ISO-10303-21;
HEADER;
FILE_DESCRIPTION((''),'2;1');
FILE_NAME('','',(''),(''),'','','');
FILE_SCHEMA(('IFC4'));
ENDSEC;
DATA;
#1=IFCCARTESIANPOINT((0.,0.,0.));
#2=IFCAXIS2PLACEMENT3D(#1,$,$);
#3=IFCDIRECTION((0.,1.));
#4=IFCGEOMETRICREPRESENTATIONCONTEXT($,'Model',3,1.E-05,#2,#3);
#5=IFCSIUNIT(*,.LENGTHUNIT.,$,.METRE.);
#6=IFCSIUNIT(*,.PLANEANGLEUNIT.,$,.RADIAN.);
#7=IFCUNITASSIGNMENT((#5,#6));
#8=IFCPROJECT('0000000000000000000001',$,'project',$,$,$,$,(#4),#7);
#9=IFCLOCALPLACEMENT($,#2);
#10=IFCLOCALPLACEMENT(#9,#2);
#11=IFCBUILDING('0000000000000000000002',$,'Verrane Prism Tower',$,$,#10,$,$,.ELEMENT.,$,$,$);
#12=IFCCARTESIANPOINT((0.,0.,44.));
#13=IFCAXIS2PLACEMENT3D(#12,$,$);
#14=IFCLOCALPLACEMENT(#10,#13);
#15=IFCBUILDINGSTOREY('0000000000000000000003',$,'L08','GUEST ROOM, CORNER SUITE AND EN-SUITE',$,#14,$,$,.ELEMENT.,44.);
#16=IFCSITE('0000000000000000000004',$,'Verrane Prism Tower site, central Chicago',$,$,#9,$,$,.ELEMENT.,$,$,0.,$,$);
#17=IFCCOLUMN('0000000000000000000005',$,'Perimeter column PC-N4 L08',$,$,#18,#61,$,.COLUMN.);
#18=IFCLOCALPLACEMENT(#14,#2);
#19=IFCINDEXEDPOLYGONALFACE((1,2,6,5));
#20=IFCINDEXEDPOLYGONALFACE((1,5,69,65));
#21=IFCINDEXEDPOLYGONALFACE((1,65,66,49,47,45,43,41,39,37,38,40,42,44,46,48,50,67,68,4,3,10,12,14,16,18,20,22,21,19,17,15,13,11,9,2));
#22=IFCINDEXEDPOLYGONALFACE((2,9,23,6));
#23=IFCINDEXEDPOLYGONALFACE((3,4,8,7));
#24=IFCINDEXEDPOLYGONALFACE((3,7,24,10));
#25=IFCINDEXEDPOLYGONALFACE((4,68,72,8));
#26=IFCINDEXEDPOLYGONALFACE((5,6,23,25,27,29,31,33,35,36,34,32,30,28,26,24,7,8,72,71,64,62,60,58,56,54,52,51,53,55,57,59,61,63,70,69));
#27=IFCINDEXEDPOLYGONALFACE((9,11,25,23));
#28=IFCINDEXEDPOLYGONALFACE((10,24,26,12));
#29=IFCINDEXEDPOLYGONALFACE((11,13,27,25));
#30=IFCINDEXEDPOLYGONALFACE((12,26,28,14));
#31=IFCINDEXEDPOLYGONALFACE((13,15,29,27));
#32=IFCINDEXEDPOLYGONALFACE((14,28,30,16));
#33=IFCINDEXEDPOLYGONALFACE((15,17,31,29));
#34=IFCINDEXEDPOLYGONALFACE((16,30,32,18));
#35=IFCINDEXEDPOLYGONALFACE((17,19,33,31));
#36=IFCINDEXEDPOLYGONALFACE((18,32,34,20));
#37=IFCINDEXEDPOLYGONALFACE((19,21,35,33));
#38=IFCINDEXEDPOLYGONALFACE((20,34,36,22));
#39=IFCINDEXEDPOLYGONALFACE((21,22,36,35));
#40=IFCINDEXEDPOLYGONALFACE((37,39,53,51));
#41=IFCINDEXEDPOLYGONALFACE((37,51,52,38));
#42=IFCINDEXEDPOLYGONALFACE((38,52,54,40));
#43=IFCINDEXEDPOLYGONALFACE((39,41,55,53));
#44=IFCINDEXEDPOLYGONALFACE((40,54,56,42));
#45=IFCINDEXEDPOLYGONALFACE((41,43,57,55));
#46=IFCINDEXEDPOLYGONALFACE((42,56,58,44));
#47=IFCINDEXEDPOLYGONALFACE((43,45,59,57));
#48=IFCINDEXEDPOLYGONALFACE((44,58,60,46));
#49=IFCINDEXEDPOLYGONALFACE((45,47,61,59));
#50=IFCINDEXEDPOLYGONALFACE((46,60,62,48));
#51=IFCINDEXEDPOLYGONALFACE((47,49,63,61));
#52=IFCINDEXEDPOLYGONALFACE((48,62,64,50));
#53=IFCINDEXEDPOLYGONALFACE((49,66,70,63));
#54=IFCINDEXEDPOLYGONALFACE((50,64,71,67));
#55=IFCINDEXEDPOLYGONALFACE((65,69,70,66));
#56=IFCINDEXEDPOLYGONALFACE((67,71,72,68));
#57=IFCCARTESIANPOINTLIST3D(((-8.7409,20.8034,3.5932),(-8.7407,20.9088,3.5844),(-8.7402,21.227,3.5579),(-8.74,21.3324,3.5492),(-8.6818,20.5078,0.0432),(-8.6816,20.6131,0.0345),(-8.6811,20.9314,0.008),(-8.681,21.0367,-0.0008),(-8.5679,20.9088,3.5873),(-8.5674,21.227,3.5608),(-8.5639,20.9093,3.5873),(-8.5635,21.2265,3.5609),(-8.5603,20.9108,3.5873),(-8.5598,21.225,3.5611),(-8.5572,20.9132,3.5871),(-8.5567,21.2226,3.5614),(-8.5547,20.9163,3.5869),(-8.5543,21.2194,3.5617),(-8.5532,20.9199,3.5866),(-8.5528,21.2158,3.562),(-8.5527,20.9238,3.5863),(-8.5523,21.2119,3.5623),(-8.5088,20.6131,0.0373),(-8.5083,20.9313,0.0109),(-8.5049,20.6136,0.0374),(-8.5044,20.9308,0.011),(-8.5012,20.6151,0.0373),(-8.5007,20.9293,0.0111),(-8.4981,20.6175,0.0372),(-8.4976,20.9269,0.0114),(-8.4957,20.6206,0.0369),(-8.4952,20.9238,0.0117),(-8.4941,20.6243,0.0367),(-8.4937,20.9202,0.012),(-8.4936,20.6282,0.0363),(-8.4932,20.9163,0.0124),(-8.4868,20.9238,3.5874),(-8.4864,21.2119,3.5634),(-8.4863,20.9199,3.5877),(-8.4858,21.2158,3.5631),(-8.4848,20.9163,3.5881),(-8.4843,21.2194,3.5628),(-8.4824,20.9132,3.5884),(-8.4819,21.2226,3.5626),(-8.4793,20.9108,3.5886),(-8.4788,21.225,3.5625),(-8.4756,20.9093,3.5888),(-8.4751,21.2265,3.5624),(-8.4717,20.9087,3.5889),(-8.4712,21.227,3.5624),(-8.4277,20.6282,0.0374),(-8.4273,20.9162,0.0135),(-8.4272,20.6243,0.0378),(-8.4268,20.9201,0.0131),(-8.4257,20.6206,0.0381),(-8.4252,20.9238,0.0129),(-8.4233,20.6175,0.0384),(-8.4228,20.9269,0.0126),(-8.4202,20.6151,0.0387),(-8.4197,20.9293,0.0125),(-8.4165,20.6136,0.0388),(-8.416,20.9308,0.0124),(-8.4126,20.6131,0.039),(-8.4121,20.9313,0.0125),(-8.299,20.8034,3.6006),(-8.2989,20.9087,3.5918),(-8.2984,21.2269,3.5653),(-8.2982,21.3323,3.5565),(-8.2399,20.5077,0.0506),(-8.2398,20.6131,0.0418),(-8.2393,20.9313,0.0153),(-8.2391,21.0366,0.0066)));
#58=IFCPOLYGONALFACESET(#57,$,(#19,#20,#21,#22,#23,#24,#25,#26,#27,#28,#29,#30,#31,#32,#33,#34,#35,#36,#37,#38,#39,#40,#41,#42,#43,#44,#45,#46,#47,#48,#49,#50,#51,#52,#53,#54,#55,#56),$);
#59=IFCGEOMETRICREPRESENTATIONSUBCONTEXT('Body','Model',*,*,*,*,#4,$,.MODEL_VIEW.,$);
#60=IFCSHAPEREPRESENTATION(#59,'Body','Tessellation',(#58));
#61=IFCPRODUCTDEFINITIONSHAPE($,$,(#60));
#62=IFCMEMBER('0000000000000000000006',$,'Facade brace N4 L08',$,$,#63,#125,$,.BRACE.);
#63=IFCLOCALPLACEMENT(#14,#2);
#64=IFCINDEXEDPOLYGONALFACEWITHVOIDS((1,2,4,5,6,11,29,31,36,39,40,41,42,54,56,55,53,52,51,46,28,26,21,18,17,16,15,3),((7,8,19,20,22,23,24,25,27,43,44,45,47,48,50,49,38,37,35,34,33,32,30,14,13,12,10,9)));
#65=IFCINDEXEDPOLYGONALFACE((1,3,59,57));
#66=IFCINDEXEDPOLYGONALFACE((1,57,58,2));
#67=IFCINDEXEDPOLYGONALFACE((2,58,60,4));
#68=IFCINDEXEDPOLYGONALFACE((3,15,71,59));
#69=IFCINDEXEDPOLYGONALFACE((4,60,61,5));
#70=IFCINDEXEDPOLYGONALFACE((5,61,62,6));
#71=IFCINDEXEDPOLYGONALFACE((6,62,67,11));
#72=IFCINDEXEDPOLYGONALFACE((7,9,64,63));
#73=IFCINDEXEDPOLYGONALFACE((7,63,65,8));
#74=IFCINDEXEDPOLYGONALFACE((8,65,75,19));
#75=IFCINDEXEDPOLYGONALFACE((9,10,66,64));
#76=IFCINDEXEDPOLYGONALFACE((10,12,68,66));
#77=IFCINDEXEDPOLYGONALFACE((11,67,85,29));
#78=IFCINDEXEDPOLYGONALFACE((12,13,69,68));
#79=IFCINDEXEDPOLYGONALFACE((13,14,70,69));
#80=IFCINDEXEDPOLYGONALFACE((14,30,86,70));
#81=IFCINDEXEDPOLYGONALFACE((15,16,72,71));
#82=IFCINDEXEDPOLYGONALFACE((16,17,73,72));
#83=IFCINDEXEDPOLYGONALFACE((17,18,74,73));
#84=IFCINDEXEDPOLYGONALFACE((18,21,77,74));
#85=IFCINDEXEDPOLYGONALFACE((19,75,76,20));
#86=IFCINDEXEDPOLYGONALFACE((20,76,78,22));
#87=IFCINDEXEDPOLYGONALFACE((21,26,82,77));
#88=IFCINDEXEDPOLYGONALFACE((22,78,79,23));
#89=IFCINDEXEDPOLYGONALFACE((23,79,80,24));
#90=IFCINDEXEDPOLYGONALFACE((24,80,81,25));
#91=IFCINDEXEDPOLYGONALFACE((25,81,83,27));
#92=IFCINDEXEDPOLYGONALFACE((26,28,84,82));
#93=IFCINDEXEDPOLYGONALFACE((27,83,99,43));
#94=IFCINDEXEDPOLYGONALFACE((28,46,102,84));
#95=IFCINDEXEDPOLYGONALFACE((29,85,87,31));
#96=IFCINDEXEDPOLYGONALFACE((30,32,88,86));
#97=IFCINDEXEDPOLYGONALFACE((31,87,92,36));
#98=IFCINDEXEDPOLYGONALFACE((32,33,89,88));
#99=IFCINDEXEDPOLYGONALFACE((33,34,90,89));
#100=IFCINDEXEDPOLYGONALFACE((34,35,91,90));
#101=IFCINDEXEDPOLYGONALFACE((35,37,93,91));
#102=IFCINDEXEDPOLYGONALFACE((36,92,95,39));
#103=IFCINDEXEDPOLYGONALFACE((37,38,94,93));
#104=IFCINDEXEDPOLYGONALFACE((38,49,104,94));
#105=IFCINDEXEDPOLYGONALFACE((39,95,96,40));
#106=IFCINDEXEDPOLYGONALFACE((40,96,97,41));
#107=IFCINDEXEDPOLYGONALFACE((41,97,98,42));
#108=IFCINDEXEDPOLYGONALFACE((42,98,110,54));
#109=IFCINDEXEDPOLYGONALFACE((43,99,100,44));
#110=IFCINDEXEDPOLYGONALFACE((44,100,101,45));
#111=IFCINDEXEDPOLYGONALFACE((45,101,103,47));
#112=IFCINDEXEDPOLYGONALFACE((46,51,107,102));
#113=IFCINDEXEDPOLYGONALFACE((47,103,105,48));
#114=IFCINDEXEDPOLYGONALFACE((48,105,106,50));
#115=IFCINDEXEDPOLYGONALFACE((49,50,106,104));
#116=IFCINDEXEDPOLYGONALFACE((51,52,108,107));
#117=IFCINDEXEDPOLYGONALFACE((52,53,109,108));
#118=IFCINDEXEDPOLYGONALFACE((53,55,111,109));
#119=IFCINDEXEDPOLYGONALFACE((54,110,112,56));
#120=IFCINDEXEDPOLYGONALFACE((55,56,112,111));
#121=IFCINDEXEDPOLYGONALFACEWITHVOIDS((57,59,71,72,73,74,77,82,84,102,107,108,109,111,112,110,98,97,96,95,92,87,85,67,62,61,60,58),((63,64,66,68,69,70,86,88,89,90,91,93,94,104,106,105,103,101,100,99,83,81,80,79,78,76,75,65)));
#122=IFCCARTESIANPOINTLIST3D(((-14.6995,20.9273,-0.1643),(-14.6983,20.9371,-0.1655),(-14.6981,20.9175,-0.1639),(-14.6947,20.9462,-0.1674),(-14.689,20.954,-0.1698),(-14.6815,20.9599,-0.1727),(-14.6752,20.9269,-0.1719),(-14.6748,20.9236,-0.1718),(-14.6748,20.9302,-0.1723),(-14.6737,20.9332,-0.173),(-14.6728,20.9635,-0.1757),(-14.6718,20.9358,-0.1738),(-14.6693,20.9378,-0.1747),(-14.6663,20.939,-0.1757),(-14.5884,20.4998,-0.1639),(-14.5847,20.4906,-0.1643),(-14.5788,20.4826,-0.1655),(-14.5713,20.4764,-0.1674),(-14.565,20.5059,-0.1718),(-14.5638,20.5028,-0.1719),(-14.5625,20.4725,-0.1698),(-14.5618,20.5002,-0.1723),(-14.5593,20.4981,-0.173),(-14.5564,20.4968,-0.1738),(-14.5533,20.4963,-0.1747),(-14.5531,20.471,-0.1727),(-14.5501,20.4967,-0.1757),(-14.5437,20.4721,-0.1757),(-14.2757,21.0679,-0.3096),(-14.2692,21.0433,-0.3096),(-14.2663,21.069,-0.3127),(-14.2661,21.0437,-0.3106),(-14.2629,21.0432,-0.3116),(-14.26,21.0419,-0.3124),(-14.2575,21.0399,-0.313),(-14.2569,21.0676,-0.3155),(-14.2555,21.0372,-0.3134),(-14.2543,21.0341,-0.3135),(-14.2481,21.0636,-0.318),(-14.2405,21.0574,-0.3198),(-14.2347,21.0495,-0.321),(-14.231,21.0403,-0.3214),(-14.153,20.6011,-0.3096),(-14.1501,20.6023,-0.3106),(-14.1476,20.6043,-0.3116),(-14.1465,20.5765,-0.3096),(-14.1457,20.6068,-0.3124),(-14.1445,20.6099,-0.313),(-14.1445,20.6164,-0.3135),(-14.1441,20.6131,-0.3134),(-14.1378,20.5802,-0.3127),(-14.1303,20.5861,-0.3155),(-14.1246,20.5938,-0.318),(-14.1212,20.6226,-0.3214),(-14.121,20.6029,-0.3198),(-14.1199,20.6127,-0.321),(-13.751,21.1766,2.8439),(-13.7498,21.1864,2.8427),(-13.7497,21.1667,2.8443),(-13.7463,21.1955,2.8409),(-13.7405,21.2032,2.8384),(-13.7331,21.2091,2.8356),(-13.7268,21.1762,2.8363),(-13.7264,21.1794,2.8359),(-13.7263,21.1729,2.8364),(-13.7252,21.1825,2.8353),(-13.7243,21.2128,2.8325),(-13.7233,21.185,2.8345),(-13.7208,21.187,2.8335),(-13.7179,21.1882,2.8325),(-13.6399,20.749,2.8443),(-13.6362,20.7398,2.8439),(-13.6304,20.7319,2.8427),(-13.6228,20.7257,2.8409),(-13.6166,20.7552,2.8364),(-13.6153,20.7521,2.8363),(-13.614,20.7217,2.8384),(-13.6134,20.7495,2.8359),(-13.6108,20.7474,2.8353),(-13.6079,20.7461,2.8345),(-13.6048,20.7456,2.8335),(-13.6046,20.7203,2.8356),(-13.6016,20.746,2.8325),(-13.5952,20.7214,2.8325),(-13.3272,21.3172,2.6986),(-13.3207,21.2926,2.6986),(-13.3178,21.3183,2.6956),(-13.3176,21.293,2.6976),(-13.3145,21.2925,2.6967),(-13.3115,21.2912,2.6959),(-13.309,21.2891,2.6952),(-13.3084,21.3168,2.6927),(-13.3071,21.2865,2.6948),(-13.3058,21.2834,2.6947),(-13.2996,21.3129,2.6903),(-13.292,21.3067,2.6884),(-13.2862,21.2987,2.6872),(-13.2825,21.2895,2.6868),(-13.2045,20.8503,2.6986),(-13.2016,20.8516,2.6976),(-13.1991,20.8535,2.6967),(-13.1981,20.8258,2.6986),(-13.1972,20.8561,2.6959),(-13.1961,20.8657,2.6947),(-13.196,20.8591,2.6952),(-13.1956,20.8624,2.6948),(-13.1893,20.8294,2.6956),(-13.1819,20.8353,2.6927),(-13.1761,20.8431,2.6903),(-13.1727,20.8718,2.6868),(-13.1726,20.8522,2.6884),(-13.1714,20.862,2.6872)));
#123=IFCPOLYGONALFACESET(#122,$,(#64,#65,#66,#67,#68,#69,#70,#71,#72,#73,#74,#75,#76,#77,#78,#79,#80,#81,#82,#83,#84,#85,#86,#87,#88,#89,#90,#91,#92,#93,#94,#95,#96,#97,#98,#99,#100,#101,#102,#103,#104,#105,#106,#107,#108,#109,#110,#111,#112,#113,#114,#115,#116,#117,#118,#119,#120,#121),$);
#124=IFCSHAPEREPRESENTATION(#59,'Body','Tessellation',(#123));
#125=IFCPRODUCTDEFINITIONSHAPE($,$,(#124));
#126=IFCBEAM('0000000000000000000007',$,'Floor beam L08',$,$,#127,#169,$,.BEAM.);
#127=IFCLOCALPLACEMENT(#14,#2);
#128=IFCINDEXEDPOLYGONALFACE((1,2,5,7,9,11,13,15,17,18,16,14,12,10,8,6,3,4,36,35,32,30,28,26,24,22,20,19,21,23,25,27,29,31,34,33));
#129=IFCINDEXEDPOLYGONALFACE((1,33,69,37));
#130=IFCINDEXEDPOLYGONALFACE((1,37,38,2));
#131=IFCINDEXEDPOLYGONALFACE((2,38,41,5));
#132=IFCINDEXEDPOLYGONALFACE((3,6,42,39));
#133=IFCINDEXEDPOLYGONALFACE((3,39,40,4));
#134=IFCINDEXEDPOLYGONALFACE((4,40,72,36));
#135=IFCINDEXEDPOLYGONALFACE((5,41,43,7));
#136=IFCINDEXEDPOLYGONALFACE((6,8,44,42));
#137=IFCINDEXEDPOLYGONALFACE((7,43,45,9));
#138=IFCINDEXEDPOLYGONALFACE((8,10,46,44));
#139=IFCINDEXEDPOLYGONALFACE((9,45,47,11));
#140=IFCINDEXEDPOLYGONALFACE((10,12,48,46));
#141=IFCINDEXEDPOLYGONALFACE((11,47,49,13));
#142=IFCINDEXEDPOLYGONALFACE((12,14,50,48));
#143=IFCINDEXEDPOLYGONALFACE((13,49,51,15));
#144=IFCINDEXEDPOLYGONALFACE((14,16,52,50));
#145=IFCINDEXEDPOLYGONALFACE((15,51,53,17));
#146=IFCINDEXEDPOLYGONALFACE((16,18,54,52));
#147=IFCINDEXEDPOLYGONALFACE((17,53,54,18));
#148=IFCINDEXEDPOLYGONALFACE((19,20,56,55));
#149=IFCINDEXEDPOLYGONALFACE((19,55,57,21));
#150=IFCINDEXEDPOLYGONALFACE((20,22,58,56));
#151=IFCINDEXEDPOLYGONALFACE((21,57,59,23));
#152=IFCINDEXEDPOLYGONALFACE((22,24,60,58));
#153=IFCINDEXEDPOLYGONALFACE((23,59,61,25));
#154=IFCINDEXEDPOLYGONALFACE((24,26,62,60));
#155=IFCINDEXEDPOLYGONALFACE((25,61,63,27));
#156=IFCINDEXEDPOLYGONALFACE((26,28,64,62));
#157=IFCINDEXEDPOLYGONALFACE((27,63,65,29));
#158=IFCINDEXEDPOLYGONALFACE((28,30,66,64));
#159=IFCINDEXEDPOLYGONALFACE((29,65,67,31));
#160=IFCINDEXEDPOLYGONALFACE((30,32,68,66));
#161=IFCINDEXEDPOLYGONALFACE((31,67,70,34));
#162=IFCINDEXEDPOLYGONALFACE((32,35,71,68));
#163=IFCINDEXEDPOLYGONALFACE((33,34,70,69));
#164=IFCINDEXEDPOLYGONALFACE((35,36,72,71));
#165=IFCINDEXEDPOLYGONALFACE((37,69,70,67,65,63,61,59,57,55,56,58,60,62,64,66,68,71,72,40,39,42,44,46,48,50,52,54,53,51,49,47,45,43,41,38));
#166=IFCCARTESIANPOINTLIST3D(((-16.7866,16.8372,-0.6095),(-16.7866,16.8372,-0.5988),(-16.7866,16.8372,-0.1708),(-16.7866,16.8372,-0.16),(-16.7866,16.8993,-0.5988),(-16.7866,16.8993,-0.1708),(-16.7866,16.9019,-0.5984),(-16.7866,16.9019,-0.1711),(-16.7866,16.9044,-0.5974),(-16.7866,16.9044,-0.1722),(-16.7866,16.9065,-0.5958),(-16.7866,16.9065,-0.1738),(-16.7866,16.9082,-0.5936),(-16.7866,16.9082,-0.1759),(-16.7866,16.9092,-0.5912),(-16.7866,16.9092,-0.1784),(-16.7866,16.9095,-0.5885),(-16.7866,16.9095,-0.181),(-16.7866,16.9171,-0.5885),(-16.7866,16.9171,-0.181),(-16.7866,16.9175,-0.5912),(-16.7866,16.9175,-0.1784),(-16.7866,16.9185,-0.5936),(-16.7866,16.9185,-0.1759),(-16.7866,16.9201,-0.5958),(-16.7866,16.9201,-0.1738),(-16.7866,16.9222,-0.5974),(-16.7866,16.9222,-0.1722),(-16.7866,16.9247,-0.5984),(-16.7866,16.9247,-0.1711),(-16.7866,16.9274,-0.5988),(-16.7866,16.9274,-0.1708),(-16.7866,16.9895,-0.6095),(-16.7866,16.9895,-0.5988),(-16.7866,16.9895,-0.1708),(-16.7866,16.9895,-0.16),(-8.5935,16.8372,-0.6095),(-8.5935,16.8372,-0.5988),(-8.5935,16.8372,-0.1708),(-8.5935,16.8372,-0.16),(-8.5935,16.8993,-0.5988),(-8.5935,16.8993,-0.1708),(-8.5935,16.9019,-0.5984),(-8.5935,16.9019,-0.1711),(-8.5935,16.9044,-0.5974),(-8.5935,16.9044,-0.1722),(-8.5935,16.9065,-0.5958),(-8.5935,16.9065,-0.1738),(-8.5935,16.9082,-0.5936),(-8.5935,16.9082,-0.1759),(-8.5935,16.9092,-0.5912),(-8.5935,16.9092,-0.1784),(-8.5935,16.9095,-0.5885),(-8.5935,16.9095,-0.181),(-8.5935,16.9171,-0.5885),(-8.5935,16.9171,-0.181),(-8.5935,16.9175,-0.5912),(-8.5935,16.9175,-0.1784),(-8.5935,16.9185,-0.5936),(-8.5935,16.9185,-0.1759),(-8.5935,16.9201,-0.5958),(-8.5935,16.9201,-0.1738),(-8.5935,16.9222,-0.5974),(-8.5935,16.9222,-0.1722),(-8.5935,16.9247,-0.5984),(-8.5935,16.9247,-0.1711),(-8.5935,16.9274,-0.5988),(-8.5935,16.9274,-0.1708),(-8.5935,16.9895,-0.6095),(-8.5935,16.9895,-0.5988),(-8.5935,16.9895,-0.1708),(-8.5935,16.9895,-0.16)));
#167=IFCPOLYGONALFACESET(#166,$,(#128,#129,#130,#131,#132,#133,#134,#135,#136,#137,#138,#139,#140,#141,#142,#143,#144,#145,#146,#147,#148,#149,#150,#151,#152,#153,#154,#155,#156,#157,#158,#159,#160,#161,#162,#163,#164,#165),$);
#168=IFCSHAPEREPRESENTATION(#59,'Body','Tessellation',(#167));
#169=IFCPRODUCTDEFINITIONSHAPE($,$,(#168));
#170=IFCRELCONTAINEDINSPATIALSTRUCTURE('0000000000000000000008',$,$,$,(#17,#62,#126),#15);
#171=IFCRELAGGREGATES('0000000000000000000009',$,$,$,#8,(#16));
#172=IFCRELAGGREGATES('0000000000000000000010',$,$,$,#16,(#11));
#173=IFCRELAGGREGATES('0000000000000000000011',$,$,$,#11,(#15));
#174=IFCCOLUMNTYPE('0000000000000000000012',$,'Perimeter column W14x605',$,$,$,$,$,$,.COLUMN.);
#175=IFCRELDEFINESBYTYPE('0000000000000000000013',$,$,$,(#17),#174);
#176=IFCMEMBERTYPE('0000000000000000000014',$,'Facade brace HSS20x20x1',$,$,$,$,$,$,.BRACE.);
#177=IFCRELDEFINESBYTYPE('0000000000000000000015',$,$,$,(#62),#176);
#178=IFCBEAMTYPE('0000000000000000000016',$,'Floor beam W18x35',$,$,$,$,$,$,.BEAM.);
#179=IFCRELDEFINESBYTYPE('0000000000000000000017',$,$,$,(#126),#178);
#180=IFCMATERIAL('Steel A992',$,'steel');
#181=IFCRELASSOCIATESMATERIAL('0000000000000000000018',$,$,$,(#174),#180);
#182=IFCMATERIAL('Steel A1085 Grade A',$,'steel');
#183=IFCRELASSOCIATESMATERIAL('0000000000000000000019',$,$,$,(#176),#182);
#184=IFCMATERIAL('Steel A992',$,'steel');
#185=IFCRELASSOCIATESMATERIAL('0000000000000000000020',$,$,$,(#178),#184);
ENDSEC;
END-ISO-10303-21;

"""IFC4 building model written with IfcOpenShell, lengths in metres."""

from ifc_helpers import new_model, si_unit, direction, frame, origin, origin_2d, place, context, subcontext, project, spatial, hollow_rectangle, i_section, extrude, material, material_profile, profile_set, type_object, element, save


model = new_model("IFC4")

# Units and contexts
model_context = context("Model", 3, precision=1e-05, world=origin(), true_north=direction((0.0, 1.0)))
body_context = subcontext(model_context, "Body", "Model", "MODEL_VIEW")
ifc_project = project(units=[si_unit("LENGTHUNIT", "METRE"), si_unit("PLANEANGLEUNIT", "RADIAN")], contexts=[model_context])

# Site, building, storey
site_placement = place(None, origin())
site = spatial("IfcSite", under=ifc_project, at=site_placement, Name="Verrane Prism Tower site, central Chicago", CompositionType="ELEMENT", RefElevation=0.0)
building_placement = place(site_placement, origin())
building = spatial("IfcBuilding", under=site, at=building_placement, Name="Verrane Prism Tower", CompositionType="ELEMENT")
storey_placement = place(building_placement, frame((0.0, 0.0, 44.0)))
storey = spatial("IfcBuildingStorey", under=building, at=storey_placement, Name="L08", Description="GUEST ROOM, CORNER SUITE AND EN-SUITE", CompositionType="ELEMENT", Elevation=44.0)

# Column
ifc_material_1 = material(Name="Steel A992", Category="steel")
ifc_material_profile_1 = material_profile(ifc_material_1, i_section(OverallWidth=0.4419, OverallDepth=0.5308, WebThickness=0.0659, FlangeThickness=0.1057, FilletRadius=0.0151, at=origin_2d()), Name="W14x605")
ifc_profile_set_1 = profile_set([ifc_material_profile_1], Name="Steel A992")
column_type = type_object("IfcColumnType", Name="Perimeter column W14x605", PredefinedType="COLUMN", material=ifc_profile_set_1)
column_placement = place(storey_placement, frame((-8.4604, 20.7722, 0.0249), z_axis=(-0.016583, 0.082983, 0.996413), x_axis=(0.999861, -0.000159, 0.016654)))
element("IfcColumn", 1, at=column_placement, inside=storey, type_object=column_type, Name="Perimeter column PC-N4 L08", PredefinedType="COLUMN", context=body_context, shape_type="SweptSolid", body=[
    extrude(i_section(OverallWidth=0.4419, OverallDepth=0.5308, WebThickness=0.0659, FlangeThickness=0.1057, FilletRadius=0.0151, at=origin_2d()), origin(), (0.0, 0.0, 1.0), 3.5627),
])

# Member
ifc_material_2 = material(Name="Steel A1085 Grade A", Category="steel")
ifc_material_profile_2 = material_profile(ifc_material_2, hollow_rectangle(XDim=0.5081, YDim=0.5081, WallThickness=0.0254, InnerFilletRadius=0.0127, OuterFilletRadius=0.0381, at=origin_2d()), Name="HSS20x20x1")
ifc_profile_set_2 = profile_set([ifc_material_profile_2], Name="Steel A1085 Grade A")
member_type_1 = type_object("IfcMemberType", Name="Facade brace HSS20x20x1", PredefinedType="BRACE", material=ifc_profile_set_2)
member_1_placement = place(storey_placement, frame((-14.4097, 20.77, -0.2427), z_axis=(0.299763, 0.07878, 0.950755), x_axis=(-0.254175, 0.967158, 0.0)))
element("IfcMember", 2, at=member_1_placement, inside=storey, type_object=member_type_1, Name="Facade brace N4 L08", PredefinedType="BRACE", context=body_context, shape_type="SweptSolid", body=[
    extrude(hollow_rectangle(XDim=0.5081, YDim=0.5081, WallThickness=0.0254, InnerFilletRadius=0.0127, OuterFilletRadius=0.0381, at=origin_2d()), origin(), (0.0, 0.0, 1.0), 3.1641),
])

# Beam
ifc_material_3 = material(Name="Steel A992", Category="steel")
ifc_material_profile_3 = material_profile(ifc_material_3, i_section(OverallWidth=0.1523, OverallDepth=0.4495, WebThickness=0.0076, FlangeThickness=0.0107, FilletRadius=0.0103, at=origin_2d()), Name="W18x35")
ifc_profile_set_3 = profile_set([ifc_material_profile_3], Name="Steel A992")
beam_type_1 = type_object("IfcBeamType", Name="Floor beam W18x35", PredefinedType="BEAM", material=ifc_profile_set_3)
beam_1_placement = place(storey_placement, frame((-16.7866, 16.9133, -0.3848), z_axis=(1.0, 0.0, 0.0), x_axis=(0.0, 1.0, 0.0)))
element("IfcBeam", 3, at=beam_1_placement, inside=storey, type_object=beam_type_1, Name="Floor beam L08", PredefinedType="BEAM", context=body_context, shape_type="SweptSolid", body=[
    extrude(i_section(OverallWidth=0.1523, OverallDepth=0.4495, WebThickness=0.0076, FlangeThickness=0.0107, FilletRadius=0.0103, at=origin_2d()), origin(), (0.0, 0.0, 1.0), 8.1931),
])

save(model, "model.ifc")
